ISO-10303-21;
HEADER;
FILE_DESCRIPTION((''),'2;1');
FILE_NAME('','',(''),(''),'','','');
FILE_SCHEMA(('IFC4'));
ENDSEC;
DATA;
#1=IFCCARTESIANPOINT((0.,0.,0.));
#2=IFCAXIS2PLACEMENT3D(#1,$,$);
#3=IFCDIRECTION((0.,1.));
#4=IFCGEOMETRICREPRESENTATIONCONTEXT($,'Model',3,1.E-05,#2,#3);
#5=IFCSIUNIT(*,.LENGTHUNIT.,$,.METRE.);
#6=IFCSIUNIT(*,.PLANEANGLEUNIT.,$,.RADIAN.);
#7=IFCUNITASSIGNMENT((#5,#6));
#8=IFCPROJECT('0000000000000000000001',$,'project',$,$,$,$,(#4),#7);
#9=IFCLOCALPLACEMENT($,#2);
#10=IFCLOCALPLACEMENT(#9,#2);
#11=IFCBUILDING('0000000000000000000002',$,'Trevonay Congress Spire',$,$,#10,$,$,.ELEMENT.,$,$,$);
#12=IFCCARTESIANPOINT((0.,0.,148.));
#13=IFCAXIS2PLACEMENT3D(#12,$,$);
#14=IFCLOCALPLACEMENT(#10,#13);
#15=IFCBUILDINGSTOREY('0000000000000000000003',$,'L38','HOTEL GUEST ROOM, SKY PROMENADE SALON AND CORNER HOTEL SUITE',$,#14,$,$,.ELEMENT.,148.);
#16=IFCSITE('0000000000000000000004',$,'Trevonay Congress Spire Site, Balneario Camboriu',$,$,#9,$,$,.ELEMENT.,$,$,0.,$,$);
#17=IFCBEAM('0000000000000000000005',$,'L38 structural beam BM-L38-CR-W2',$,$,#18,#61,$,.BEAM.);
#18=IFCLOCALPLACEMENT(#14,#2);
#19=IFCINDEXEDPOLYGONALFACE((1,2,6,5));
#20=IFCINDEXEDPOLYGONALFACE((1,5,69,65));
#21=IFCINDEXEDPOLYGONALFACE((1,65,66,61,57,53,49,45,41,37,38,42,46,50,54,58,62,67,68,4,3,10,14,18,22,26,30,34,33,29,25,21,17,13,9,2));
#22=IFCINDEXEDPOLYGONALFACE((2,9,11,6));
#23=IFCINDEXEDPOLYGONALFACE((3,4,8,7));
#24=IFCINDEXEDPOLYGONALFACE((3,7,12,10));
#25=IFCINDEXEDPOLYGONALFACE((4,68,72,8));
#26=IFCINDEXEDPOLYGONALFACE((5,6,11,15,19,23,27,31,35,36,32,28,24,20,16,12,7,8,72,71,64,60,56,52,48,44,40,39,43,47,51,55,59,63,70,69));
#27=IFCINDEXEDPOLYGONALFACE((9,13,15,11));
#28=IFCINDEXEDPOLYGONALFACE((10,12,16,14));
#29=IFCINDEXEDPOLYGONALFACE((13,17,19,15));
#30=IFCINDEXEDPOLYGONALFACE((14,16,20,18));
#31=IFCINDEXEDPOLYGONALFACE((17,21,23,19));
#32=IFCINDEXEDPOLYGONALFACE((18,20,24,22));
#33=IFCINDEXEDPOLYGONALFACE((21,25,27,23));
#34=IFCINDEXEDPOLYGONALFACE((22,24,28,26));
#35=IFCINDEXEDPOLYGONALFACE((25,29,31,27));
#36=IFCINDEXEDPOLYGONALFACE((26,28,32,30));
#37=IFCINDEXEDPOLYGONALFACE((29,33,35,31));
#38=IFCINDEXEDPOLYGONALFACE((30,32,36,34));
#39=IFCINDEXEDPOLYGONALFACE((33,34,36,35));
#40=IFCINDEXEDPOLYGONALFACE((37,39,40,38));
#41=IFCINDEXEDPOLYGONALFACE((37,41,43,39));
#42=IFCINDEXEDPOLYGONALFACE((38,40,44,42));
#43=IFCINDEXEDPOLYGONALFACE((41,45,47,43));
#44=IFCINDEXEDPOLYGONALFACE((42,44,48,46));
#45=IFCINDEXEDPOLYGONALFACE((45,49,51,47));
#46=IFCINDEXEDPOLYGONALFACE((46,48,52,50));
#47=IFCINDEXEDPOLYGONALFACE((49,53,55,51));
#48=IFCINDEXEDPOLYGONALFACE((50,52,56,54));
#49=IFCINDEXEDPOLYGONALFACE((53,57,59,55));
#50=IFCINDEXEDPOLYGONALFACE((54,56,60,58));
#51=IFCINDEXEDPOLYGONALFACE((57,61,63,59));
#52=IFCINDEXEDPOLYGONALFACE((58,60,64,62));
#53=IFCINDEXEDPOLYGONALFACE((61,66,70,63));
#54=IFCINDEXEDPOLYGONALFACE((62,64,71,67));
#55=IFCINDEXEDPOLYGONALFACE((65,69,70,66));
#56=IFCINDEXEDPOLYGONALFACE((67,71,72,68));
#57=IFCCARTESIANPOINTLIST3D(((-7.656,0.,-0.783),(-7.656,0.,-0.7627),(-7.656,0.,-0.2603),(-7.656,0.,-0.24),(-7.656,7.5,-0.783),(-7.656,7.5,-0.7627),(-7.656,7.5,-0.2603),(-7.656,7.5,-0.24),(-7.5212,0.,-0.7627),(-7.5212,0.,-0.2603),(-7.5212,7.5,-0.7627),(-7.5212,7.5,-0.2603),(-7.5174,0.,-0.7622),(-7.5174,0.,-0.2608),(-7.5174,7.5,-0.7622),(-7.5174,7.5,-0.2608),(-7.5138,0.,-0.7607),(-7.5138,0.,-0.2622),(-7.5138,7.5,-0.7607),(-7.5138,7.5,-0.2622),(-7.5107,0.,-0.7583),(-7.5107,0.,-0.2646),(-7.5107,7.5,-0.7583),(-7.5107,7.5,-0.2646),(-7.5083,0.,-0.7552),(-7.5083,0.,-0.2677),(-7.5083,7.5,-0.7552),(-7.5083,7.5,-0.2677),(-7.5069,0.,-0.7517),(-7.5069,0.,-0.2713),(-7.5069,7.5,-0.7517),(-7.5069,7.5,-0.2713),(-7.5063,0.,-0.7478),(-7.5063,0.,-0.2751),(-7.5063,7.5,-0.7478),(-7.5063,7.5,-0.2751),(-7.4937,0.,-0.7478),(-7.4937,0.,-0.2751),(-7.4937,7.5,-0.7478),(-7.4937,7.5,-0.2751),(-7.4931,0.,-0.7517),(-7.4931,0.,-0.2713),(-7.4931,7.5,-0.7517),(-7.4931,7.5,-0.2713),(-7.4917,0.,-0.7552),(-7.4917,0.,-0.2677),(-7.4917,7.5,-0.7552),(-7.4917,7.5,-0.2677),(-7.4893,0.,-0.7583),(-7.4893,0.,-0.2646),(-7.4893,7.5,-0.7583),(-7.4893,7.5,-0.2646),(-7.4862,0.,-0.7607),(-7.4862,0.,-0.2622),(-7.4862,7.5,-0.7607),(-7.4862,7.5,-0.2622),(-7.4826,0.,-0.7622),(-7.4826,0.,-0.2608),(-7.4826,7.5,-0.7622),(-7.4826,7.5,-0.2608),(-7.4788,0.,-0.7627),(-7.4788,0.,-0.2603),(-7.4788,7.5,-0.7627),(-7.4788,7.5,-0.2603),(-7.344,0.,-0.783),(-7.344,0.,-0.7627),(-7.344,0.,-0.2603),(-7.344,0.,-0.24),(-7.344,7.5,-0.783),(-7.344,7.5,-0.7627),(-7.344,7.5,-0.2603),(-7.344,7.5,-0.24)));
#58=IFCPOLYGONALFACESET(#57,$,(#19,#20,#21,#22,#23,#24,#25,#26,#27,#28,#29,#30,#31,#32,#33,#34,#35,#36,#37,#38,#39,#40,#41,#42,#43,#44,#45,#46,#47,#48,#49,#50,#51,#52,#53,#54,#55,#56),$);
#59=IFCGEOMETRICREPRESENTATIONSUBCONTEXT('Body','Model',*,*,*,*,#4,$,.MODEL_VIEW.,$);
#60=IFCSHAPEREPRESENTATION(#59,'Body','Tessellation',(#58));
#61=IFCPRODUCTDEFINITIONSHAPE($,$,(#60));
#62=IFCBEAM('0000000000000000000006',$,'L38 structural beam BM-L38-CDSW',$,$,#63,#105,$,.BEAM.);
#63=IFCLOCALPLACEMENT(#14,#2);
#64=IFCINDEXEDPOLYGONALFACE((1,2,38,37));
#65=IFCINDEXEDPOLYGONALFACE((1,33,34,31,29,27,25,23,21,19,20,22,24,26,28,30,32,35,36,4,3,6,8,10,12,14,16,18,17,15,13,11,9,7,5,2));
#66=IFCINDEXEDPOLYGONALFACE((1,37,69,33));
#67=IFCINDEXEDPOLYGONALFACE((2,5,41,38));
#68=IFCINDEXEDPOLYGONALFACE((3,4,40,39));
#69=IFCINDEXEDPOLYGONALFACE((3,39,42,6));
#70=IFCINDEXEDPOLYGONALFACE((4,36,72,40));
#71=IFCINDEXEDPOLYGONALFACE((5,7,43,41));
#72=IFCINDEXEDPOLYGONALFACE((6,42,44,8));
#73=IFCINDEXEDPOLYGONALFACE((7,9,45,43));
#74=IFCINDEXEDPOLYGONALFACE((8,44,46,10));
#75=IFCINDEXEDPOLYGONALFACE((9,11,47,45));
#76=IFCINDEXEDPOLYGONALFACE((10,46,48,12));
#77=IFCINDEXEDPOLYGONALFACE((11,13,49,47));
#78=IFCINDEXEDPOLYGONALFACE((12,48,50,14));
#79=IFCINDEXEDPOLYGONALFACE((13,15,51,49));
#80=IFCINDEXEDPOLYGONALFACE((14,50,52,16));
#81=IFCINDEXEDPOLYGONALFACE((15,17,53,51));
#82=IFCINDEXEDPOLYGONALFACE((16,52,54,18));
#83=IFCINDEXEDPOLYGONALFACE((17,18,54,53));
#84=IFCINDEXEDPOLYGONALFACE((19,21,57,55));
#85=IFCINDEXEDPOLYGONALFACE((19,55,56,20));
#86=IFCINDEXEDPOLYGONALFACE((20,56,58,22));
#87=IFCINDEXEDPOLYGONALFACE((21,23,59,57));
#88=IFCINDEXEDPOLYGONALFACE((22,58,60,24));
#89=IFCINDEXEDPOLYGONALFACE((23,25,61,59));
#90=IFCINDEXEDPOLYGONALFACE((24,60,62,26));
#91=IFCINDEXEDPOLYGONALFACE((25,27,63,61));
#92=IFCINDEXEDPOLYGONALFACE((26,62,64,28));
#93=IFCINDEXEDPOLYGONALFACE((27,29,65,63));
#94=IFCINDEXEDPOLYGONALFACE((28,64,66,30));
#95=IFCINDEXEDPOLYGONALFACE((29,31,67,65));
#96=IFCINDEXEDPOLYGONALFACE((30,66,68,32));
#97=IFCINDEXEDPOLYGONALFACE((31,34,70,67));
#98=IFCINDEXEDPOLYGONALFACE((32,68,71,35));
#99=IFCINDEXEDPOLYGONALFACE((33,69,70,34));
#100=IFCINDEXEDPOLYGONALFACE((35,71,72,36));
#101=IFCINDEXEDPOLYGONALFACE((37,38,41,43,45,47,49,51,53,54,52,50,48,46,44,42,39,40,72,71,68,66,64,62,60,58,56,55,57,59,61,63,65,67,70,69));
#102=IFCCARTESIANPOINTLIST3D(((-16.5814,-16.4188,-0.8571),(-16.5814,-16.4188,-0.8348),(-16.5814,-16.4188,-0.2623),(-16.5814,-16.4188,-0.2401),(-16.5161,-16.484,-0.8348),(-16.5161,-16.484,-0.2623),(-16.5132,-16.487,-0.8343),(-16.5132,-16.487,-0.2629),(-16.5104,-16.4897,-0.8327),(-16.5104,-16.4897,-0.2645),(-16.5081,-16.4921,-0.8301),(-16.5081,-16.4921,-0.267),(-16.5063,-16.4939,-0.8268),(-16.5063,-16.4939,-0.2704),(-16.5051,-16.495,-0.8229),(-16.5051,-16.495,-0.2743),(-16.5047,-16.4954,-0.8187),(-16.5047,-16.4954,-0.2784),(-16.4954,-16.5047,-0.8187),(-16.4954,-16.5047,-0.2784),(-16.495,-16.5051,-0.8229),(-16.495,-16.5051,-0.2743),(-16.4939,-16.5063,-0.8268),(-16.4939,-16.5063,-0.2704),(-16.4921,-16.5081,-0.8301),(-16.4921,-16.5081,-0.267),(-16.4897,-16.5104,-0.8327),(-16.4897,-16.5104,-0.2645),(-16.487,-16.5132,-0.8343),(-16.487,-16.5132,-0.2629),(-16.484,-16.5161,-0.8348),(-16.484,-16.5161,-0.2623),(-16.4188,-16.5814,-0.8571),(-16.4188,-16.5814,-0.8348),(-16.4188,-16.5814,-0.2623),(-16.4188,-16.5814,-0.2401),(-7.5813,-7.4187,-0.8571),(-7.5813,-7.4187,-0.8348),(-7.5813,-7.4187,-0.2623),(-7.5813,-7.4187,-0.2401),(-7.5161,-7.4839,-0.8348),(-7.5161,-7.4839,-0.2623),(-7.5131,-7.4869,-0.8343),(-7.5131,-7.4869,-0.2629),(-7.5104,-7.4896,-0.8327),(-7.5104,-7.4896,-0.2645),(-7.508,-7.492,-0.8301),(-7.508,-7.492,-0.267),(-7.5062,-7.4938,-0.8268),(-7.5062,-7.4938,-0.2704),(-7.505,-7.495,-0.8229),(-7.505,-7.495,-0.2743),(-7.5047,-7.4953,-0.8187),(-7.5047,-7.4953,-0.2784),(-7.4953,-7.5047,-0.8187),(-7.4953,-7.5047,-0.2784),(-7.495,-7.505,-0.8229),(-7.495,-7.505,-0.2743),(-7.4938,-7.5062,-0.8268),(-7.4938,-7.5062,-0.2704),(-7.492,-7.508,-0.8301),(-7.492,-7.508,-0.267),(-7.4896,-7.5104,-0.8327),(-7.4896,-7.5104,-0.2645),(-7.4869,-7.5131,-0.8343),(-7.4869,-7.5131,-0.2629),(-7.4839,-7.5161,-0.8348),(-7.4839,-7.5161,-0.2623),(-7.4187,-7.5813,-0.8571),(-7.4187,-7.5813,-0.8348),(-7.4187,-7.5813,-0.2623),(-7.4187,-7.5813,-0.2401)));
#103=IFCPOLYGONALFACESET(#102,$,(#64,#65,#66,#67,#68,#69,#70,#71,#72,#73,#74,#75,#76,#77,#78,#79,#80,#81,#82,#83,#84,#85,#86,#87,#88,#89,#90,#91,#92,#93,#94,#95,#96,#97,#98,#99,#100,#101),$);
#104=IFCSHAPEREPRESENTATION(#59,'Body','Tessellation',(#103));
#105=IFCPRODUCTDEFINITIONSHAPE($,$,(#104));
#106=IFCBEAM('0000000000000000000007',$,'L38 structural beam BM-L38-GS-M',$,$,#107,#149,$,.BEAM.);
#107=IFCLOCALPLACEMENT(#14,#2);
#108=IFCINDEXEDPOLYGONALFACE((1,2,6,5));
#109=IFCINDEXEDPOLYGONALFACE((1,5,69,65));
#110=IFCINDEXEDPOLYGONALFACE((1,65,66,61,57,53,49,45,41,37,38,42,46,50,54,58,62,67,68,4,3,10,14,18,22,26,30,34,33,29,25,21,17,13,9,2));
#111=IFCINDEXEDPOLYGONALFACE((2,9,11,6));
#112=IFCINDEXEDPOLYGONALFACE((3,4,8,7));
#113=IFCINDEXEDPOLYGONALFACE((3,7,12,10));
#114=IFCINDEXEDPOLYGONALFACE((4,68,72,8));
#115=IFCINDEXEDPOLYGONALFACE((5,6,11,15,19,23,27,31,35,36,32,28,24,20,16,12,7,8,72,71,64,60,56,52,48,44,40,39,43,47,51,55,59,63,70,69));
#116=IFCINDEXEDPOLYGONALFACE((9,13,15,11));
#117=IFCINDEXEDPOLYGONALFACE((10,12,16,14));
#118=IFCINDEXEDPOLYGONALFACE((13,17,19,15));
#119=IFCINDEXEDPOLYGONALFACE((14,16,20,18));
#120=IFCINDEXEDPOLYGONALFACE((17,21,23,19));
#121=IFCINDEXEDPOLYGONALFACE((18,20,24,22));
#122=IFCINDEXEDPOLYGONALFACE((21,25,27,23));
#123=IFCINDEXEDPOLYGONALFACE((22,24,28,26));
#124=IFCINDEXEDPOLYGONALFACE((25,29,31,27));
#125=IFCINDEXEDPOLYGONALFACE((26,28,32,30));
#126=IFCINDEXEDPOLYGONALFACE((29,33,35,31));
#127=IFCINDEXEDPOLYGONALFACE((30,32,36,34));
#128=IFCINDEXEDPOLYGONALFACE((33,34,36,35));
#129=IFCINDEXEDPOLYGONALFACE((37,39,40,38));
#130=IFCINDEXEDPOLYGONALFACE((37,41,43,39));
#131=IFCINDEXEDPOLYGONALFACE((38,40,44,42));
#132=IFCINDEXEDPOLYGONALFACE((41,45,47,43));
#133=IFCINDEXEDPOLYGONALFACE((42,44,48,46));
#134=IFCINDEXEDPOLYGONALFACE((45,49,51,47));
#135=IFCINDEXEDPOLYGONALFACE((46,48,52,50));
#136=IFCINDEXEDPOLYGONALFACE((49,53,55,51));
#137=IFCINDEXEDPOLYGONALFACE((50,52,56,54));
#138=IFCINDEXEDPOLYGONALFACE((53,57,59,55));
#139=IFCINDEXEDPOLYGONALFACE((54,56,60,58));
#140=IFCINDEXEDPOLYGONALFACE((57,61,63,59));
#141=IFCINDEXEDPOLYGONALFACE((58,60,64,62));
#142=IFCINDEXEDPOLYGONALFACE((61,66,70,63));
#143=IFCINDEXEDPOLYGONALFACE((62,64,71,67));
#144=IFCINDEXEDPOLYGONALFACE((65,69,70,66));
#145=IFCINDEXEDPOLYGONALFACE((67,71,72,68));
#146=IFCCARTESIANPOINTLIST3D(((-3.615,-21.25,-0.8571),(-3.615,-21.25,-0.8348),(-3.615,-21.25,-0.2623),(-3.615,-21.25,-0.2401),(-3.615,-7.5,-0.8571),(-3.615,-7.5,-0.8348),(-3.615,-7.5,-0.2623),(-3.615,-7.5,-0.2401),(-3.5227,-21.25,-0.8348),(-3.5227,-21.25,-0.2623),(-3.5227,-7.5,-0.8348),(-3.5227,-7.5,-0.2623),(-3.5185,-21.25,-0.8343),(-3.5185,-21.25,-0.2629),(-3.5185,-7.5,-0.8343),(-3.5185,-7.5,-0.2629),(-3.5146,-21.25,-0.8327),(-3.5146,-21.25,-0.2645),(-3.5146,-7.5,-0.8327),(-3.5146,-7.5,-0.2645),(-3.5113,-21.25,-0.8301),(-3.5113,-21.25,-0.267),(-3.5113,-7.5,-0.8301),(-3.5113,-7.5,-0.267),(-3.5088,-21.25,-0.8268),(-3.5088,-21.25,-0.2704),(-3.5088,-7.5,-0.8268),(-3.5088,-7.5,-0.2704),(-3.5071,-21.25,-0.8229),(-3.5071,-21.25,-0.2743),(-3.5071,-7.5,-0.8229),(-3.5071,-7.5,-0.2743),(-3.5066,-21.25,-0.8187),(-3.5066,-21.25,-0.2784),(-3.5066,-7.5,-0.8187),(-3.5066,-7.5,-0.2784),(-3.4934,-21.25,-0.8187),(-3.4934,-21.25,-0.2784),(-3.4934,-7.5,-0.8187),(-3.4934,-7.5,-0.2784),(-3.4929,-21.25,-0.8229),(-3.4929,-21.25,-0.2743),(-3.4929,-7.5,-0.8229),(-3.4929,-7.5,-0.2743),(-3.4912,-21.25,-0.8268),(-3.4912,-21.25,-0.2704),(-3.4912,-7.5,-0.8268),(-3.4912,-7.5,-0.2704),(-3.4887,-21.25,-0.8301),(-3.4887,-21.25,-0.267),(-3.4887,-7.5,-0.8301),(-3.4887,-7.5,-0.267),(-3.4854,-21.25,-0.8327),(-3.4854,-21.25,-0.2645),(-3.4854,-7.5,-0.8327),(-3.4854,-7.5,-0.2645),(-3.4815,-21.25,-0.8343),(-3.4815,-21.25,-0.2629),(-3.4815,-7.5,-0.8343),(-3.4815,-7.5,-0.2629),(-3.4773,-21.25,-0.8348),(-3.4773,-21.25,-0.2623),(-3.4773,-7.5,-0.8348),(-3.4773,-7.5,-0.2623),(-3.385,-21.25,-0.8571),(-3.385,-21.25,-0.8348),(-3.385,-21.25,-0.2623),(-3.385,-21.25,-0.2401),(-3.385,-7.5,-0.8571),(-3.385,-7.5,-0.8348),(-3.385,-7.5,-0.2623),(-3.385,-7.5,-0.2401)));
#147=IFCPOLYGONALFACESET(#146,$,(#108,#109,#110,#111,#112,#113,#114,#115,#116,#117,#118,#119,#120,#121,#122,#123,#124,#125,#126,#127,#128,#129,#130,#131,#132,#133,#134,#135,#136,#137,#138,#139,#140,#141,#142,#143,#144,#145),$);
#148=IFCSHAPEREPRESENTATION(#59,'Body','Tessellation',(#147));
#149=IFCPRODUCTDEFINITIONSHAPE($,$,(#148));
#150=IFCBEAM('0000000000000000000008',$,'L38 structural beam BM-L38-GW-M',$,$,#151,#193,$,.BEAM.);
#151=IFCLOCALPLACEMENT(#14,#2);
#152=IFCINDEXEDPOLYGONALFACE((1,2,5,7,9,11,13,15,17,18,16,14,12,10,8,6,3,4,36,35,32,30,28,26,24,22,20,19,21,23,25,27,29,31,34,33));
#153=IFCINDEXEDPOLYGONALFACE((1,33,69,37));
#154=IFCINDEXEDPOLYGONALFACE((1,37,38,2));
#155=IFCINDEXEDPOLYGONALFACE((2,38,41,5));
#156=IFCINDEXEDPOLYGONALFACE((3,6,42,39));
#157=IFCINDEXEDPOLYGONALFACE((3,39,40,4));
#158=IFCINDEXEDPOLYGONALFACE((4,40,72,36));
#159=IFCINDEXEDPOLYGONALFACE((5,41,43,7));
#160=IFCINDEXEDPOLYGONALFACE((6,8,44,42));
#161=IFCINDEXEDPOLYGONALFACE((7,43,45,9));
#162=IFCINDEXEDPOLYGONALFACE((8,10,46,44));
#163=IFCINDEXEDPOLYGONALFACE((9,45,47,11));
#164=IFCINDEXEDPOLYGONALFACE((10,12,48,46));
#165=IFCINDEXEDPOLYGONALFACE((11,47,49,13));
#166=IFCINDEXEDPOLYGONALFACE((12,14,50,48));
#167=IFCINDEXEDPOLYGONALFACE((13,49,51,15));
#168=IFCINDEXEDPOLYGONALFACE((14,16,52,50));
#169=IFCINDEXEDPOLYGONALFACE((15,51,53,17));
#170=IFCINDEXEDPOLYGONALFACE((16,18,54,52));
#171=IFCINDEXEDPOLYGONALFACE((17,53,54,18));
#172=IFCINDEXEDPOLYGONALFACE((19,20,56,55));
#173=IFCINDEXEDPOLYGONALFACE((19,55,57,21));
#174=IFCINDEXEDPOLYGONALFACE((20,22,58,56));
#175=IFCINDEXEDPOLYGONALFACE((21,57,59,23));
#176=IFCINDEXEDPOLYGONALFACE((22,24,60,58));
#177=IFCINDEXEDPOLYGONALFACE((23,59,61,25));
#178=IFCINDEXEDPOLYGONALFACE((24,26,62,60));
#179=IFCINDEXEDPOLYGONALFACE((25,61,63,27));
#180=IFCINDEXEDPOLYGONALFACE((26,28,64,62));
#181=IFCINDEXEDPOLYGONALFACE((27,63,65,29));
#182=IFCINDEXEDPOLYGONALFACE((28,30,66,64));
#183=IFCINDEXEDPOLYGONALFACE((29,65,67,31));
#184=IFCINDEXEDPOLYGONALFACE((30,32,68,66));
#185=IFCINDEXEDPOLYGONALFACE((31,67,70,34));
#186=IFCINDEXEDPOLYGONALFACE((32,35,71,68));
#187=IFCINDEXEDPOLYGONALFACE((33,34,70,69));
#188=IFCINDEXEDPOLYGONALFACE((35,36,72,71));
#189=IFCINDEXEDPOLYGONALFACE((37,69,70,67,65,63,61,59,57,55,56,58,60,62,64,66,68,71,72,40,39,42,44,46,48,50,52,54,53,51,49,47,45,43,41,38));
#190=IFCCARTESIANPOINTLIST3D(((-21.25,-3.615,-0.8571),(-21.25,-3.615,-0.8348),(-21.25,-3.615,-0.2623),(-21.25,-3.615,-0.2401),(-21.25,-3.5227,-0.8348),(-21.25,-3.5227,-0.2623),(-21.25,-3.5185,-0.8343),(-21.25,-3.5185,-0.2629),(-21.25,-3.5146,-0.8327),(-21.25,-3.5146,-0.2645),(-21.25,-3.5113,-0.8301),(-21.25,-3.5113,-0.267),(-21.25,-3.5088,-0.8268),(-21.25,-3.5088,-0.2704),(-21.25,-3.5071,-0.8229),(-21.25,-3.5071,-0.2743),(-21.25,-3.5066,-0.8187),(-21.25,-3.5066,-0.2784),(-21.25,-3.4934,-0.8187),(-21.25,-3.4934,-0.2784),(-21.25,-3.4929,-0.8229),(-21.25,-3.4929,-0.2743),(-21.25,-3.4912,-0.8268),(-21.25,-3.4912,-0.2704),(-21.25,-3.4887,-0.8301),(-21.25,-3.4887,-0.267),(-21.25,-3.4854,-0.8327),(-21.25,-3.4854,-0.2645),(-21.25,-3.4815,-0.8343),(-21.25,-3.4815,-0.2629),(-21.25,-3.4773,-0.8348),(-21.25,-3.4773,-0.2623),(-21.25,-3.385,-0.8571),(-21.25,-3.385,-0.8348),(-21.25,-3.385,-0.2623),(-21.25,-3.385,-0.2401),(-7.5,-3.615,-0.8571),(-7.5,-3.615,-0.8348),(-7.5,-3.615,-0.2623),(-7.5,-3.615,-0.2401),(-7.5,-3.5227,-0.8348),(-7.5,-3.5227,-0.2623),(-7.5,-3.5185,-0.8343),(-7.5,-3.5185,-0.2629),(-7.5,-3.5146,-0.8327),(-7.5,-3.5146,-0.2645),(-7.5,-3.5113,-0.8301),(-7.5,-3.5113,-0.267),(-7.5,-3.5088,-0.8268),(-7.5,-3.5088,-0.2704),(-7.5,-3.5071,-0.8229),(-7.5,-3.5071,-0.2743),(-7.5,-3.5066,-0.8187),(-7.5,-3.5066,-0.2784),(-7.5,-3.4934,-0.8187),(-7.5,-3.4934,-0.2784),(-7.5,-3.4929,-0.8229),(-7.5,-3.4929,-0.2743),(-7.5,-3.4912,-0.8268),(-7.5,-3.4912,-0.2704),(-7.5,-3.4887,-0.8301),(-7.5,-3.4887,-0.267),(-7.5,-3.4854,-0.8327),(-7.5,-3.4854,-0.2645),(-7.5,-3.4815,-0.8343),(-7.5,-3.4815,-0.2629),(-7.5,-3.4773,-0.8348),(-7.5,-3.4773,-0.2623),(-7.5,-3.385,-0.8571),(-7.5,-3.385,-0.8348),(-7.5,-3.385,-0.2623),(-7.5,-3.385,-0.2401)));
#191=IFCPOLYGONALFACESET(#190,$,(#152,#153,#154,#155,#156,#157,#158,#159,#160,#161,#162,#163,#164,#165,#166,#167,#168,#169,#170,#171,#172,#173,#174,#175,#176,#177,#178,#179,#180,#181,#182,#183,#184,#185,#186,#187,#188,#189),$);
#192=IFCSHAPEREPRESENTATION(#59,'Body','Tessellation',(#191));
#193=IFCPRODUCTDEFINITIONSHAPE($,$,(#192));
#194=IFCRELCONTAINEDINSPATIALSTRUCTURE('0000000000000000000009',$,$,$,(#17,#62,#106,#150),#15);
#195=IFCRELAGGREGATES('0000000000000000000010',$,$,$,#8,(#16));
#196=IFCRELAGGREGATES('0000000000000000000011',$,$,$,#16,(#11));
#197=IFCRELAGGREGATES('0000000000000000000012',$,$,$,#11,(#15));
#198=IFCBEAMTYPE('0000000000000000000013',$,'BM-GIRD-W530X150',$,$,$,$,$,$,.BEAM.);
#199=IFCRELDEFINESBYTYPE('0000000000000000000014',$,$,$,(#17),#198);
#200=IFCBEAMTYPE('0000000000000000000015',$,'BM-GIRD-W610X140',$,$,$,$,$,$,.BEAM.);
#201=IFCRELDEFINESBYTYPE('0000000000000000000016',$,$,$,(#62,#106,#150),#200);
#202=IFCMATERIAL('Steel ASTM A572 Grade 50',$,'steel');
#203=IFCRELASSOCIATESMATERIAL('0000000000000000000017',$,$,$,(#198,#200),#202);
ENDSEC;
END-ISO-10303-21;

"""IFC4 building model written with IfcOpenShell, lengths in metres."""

from ifc_helpers import new_model, si_unit, direction, frame, origin, origin_2d, place, context, subcontext, project, spatial, i_section, extrude, material, material_profile, profile_set, type_object, element, save


model = new_model("IFC4")

# Units and contexts
model_context = context("Model", 3, precision=1e-05, world=origin(), true_north=direction((0.0, 1.0)))
body_context = subcontext(model_context, "Body", "Model", "MODEL_VIEW")
ifc_project = project(units=[si_unit("LENGTHUNIT", "METRE"), si_unit("PLANEANGLEUNIT", "RADIAN")], contexts=[model_context])

# Site, building, storey
site_placement = place(None, origin())
site = spatial("IfcSite", under=ifc_project, at=site_placement, Name="Trevonay Congress Spire Site, Balneario Camboriu", CompositionType="ELEMENT", RefElevation=0.0)
building_placement = place(site_placement, origin())
building = spatial("IfcBuilding", under=site, at=building_placement, Name="Trevonay Congress Spire", CompositionType="ELEMENT")
storey_placement = place(building_placement, frame((0.0, 0.0, 148.0)))
storey = spatial("IfcBuildingStorey", under=building, at=storey_placement, Name="L38", Description="HOTEL GUEST ROOM, SKY PROMENADE SALON AND CORNER HOTEL SUITE", CompositionType="ELEMENT", Elevation=148.0)

# Shared definitions
ifc_material_1 = material(Name="Steel ASTM A572 Grade 50", Category="steel")

# Beams
ifc_material_profile_1 = material_profile(ifc_material_1, i_section(OverallWidth=0.312, OverallDepth=0.543, WebThickness=0.0127, FlangeThickness=0.0203, FilletRadius=0.0149, at=origin_2d()), Name="W530x150")
ifc_profile_set_1 = profile_set([ifc_material_profile_1], Name="Steel ASTM A572 Grade 50")
beam_type_1 = type_object("IfcBeamType", Name="BM-GIRD-W530X150", PredefinedType="BEAM", material=ifc_profile_set_1)
for number, where, z_axis, x_axis, name in (
    (1, (-7.5, 0.0, -0.5115), (0.0, 1.0, 0.0), (-1.0, 0.0, 0.0), "L38 structural beam BM-L38-CR-W2"),
):
    element("IfcBeam", number, at=place(storey_placement, frame(where, z_axis=z_axis, x_axis=x_axis)), inside=storey, type_object=beam_type_1, Name=name, PredefinedType="BEAM", context=body_context, shape_type="SweptSolid", body=[
        extrude(i_section(OverallWidth=0.312, OverallDepth=0.543, WebThickness=0.0127, FlangeThickness=0.0203, FilletRadius=0.0149, at=origin_2d()), origin(), (0.0, 0.0, 1.0), 7.5),
    ])
ifc_material_profile_2 = material_profile(ifc_material_1, i_section(OverallWidth=0.23, OverallDepth=0.6169, WebThickness=0.0132, FlangeThickness=0.0222, FilletRadius=0.0161, at=origin_2d()), Name="W610x140")
ifc_profile_set_2 = profile_set([ifc_material_profile_2], Name="Steel ASTM A572 Grade 50")
beam_type_2 = type_object("IfcBeamType", Name="BM-GIRD-W610X140", PredefinedType="BEAM", material=ifc_profile_set_2)
beam_1_placement = place(storey_placement, frame((-7.5, -7.5, -0.5486), z_axis=(-0.707107, -0.707107, 0.0), x_axis=(0.707107, -0.707107, 0.0)))
element("IfcBeam", 2, at=beam_1_placement, inside=storey, type_object=beam_type_2, Name="L38 structural beam BM-L38-CDSW", PredefinedType="BEAM", context=body_context, shape_type="SweptSolid", body=[
    extrude(i_section(OverallWidth=0.23, OverallDepth=0.6169, WebThickness=0.0132, FlangeThickness=0.0222, FilletRadius=0.0161, at=origin_2d()), origin(), (0.0, 0.0, 1.0), 12.728),
])
for number, where, z_axis, x_axis, name in (
    (3, (-3.5, -7.5, -0.5486), (0.0, -1.0, 0.0), (1.0, 0.0, 0.0), "L38 structural beam BM-L38-GS-M"),
    (4, (-7.5, -3.5, -0.5486), (-1.0, 0.0, 0.0), (0.0, -1.0, 0.0), "L38 structural beam BM-L38-GW-M"),
):
    element("IfcBeam", number, at=place(storey_placement, frame(where, z_axis=z_axis, x_axis=x_axis)), inside=storey, type_object=beam_type_2, Name=name, PredefinedType="BEAM", context=body_context, shape_type="SweptSolid", body=[
        extrude(i_section(OverallWidth=0.23, OverallDepth=0.6169, WebThickness=0.0132, FlangeThickness=0.0222, FilletRadius=0.0161, at=origin_2d()), origin(), (0.0, 0.0, 1.0), 13.75),
    ])

save(model, "model.ifc")
